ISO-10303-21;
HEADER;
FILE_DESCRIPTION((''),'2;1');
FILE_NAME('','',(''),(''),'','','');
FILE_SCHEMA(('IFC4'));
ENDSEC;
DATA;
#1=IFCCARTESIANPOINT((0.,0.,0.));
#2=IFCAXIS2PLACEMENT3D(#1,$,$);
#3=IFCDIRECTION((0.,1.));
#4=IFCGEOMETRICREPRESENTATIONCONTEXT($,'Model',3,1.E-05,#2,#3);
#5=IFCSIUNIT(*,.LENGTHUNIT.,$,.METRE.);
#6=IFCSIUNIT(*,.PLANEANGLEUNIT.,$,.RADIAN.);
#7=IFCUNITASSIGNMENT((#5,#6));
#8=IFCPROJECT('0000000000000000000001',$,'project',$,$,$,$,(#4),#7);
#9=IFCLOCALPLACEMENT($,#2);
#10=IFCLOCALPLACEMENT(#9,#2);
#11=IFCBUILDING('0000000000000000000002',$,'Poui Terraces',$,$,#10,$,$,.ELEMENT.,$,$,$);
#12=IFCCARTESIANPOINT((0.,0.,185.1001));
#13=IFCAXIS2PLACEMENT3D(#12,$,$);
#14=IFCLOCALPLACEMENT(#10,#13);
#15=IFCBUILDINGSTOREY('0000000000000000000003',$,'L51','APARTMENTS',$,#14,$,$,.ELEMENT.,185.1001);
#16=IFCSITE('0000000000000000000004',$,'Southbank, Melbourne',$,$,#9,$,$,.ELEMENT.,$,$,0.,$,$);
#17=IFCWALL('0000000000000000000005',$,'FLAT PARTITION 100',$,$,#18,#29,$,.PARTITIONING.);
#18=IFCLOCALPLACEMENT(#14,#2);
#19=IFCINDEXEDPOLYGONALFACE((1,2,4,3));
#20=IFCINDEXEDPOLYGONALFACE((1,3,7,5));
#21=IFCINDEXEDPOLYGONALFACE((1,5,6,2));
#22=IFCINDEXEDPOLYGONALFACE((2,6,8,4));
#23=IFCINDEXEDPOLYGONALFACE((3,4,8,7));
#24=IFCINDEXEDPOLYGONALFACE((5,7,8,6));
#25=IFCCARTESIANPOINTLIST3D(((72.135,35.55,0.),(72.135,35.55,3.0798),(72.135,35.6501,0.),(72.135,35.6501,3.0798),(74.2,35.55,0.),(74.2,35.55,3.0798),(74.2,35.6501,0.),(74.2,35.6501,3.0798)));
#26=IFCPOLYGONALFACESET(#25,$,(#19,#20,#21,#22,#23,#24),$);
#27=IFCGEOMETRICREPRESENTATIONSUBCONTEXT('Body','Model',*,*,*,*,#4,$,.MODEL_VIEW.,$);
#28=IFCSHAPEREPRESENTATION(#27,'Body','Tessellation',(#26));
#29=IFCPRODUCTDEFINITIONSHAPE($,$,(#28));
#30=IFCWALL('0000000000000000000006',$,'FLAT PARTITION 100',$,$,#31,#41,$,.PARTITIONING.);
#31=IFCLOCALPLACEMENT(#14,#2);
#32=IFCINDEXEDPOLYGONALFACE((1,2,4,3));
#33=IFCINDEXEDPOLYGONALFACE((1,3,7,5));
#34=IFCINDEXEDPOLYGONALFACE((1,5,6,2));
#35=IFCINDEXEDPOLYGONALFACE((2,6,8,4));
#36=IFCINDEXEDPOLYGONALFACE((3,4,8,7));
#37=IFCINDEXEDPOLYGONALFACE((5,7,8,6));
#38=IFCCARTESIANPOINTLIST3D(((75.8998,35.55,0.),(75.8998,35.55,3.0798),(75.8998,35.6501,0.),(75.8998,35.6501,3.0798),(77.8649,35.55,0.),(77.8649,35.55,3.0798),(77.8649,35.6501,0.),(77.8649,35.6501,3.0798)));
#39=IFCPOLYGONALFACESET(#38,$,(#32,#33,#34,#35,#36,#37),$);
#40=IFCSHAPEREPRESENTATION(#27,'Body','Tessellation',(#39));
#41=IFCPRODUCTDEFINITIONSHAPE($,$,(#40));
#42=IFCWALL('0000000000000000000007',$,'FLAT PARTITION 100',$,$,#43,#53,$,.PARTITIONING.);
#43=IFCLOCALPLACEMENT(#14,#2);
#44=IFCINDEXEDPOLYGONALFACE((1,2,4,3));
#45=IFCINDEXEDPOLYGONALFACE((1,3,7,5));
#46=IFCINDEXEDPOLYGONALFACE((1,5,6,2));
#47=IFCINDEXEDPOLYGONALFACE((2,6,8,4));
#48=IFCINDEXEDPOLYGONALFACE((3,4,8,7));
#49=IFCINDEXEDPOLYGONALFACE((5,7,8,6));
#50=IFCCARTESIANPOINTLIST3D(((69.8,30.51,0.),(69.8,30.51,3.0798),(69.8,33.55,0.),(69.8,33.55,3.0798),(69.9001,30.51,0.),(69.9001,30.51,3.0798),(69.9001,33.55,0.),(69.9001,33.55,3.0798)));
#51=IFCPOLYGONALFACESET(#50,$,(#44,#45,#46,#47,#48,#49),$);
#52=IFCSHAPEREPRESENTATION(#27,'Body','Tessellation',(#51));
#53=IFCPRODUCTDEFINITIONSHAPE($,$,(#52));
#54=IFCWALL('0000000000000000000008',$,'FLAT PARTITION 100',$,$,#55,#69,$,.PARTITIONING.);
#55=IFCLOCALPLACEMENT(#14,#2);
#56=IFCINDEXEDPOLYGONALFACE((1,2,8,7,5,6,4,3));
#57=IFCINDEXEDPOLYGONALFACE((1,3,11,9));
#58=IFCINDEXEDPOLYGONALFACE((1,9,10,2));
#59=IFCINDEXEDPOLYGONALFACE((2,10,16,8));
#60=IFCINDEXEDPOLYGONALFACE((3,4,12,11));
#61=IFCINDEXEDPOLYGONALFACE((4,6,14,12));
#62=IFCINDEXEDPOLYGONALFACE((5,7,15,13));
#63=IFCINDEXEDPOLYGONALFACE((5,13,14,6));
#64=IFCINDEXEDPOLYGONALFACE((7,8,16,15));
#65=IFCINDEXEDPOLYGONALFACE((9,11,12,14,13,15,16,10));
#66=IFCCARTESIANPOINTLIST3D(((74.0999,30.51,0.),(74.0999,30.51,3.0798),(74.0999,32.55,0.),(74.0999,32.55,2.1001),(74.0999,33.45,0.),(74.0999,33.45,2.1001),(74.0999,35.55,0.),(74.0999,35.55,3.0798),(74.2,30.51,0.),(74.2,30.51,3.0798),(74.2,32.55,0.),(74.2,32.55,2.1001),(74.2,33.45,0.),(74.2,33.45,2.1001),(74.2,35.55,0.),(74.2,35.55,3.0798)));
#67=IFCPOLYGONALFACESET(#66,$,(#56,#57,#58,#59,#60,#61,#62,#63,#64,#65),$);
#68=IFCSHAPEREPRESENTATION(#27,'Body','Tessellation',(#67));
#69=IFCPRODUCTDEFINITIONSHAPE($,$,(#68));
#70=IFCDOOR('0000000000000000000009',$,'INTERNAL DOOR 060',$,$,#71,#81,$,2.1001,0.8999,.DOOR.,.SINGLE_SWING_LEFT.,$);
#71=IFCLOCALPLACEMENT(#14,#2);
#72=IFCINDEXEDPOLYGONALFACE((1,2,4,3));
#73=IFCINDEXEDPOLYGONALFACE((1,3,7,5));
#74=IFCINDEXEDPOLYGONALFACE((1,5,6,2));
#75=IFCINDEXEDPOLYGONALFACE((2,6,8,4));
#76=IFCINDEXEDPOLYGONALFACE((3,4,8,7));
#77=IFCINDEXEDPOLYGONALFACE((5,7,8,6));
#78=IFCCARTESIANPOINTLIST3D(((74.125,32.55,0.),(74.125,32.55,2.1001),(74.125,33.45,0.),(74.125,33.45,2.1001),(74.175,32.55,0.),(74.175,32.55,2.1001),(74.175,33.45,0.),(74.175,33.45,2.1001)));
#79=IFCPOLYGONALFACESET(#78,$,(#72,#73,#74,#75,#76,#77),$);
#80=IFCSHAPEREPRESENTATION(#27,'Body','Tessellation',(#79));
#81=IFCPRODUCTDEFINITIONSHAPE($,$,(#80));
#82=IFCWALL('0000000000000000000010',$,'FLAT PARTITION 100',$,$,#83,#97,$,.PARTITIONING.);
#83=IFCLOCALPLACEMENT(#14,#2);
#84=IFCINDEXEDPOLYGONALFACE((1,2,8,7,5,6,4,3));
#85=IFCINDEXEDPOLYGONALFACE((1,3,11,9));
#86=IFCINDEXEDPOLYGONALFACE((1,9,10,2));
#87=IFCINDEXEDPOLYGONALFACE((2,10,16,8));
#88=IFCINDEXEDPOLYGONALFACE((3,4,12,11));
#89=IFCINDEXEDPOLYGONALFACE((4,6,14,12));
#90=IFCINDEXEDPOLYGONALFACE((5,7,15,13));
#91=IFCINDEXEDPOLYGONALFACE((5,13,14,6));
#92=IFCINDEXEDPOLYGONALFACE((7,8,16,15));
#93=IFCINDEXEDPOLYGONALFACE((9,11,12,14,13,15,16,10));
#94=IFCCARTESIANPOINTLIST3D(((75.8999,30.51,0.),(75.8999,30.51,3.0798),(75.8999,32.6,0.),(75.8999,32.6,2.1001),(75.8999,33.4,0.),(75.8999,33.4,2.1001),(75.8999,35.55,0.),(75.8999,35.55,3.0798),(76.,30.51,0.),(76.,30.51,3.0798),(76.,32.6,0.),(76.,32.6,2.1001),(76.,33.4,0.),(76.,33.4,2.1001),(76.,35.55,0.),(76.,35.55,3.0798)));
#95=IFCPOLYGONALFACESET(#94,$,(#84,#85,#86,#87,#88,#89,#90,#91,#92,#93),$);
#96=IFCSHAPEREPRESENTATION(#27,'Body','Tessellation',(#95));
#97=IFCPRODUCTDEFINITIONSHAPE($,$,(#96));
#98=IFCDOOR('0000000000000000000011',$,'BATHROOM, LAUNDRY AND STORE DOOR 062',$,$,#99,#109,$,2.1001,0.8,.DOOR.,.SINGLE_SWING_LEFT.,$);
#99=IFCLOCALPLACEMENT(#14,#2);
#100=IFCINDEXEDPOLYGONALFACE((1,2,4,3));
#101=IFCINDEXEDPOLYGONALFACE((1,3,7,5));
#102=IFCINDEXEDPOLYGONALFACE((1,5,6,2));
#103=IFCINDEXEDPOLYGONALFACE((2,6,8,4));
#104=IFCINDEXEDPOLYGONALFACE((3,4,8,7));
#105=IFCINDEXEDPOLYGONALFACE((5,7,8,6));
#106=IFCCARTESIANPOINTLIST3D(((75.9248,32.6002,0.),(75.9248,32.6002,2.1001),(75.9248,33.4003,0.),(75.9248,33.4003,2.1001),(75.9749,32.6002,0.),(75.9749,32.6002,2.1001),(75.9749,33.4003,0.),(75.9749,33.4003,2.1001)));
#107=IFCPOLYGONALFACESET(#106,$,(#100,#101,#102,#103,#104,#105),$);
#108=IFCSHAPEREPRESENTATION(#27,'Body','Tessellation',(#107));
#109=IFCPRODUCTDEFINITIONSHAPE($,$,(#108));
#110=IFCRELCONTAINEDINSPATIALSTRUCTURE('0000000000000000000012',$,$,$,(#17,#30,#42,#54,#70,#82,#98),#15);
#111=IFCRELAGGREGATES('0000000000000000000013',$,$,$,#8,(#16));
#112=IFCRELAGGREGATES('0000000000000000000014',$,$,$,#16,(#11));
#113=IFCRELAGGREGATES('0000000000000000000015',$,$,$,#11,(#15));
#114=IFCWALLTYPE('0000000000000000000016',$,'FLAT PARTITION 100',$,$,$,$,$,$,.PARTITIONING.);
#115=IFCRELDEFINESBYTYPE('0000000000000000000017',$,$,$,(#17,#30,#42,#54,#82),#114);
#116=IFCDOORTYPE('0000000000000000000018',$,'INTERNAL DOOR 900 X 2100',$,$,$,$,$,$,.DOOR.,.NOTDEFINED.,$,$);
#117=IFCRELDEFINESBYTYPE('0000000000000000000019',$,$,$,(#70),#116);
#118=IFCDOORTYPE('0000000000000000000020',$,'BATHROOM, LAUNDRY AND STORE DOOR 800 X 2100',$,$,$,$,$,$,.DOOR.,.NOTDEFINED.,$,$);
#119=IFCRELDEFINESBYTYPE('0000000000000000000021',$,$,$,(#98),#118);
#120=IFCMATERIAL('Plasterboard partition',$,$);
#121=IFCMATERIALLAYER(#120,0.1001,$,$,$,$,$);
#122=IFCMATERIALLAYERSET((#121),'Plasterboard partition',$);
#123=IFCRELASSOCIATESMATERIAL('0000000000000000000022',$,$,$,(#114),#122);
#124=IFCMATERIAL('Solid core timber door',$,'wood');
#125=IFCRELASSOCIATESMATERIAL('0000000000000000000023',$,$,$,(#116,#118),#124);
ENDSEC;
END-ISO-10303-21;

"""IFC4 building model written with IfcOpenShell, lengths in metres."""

from ifc_helpers import new_model, si_unit, direction, frame, frame_2d, origin, place, context, subcontext, project, spatial, rectangle, extrude, material, layer, layer_set, type_object, element, fill, save


model = new_model("IFC4")

# Units and contexts
model_context = context("Model", 3, precision=1e-05, world=origin(), true_north=direction((0.0, 1.0)))
body_context = subcontext(model_context, "Body", "Model", "MODEL_VIEW")
ifc_project = project(units=[si_unit("LENGTHUNIT", "METRE"), si_unit("PLANEANGLEUNIT", "RADIAN")], contexts=[model_context])

# Site, building, storey
site_placement = place(None, origin())
site = spatial("IfcSite", under=ifc_project, at=site_placement, Name="Southbank, Melbourne", CompositionType="ELEMENT", RefElevation=0.0)
building_placement = place(site_placement, origin())
building = spatial("IfcBuilding", under=site, at=building_placement, Name="Poui Terraces", CompositionType="ELEMENT")
storey_placement = place(building_placement, frame((0.0, 0.0, 185.1001)))
storey = spatial("IfcBuildingStorey", under=building, at=storey_placement, Name="L51", Description="APARTMENTS", CompositionType="ELEMENT", Elevation=185.1001)

# Walls
ifc_material_1 = material(Name="Plasterboard partition")
ifc_layer = layer(ifc_material_1, 0.1001)
ifc_layer_set = layer_set([ifc_layer], Name="Plasterboard partition")
wall_type = type_object("IfcWallType", Name="FLAT PARTITION 100", PredefinedType="PARTITIONING", material=ifc_layer_set)
wall_1_placement = place(storey_placement, frame((72.135, 35.6001, 0.0), z_axis=(0.0, 0.0, 1.0), x_axis=(1.0, 0.0, 0.0)))
element("IfcWall", 1, at=wall_1_placement, inside=storey, type_object=wall_type, Name="FLAT PARTITION 100", PredefinedType="PARTITIONING", context=body_context, shape_type="SweptSolid", body=[
    extrude(rectangle(XDim=2.0649, YDim=0.1001, at=frame_2d((1.0325, 0.0))), origin(), (0.0, 0.0, 1.0), 3.0798),
])
wall_2_placement = place(storey_placement, frame((75.8999, 35.6001, 0.0), z_axis=(0.0, 0.0, 1.0), x_axis=(1.0, 0.0, 0.0)))
element("IfcWall", 2, at=wall_2_placement, inside=storey, type_object=wall_type, Name="FLAT PARTITION 100", PredefinedType="PARTITIONING", context=body_context, shape_type="SweptSolid", body=[
    extrude(rectangle(XDim=1.9651, YDim=0.1001, at=frame_2d((0.9824, 0.0))), origin(), (0.0, 0.0, 1.0), 3.0798),
])
wall_3_placement = place(storey_placement, frame((69.8501, 30.51, 0.0), z_axis=(0.0, 0.0, 1.0), x_axis=(0.0, 1.0, 0.0)))
element("IfcWall", 3, at=wall_3_placement, inside=storey, type_object=wall_type, Name="FLAT PARTITION 100", PredefinedType="PARTITIONING", context=body_context, shape_type="SweptSolid", body=[
    extrude(rectangle(XDim=3.04, YDim=0.1001, at=frame_2d((1.52, 0.0))), origin(), (0.0, 0.0, 1.0), 3.0798),
])

# Walls, openings, doors
wall_4_placement = place(storey_placement, frame((74.1499, 30.51, 0.0), z_axis=(0.0, 0.0, 1.0), x_axis=(0.0, 1.0, 0.0)))
wall_4 = element("IfcWall", 4, at=wall_4_placement, inside=storey, type_object=wall_type, Name="FLAT PARTITION 100", PredefinedType="PARTITIONING", context=body_context, shape_type="SweptSolid", body=[
    extrude(rectangle(XDim=5.04, YDim=0.1001, at=frame_2d((2.52, 0.0))), origin(), (0.0, 0.0, 1.0), 3.0798),
])
opening_1_placement = place(wall_4_placement, frame((2.04, 0.0, 0.0)))
opening_1 = element("IfcOpeningElement", 5, at=opening_1_placement, cuts=wall_4, PredefinedType="OPENING", context=body_context, shape_type="SweptSolid", body=[
    extrude(rectangle(XDim=0.8999, YDim=2.1001, at=frame_2d((0.45, 1.05))), frame((0.0, 0.0601, 0.0), z_axis=(0.0, -1.0, 0.0), x_axis=(1.0, 0.0, 0.0)), (0.0, 0.0, 1.0), 0.1201),
])
ifc_material_2 = material(Name="Solid core timber door", Category="wood")
door_type_1 = type_object("IfcDoorType", Name="INTERNAL DOOR 900 X 2100", OperationType="NOTDEFINED", PredefinedType="DOOR", material=ifc_material_2)
door_1_placement = place(opening_1_placement, origin())
door_1 = element("IfcDoor", 6, at=door_1_placement, inside=storey, type_object=door_type_1, Name="INTERNAL DOOR 060", OperationType="SINGLE_SWING_LEFT", OverallHeight=2.1001, OverallWidth=0.8999, PredefinedType="DOOR", context=body_context, shape_type="SweptSolid", body=[
    extrude(rectangle(XDim=0.8999, YDim=2.1001, at=frame_2d((0.45, 1.05))), frame((0.0, 0.0249, 0.0), z_axis=(0.0, -1.0, 0.0), x_axis=(1.0, 0.0, 0.0)), (0.0, 0.0, 1.0), 0.05),
])
fill(opening_1, door_1)
wall_5_placement = place(storey_placement, frame((75.95, 30.51, 0.0), z_axis=(0.0, 0.0, 1.0), x_axis=(0.0, 1.0, 0.0)))
wall_5 = element("IfcWall", 7, at=wall_5_placement, inside=storey, type_object=wall_type, Name="FLAT PARTITION 100", PredefinedType="PARTITIONING", context=body_context, shape_type="SweptSolid", body=[
    extrude(rectangle(XDim=5.04, YDim=0.1001, at=frame_2d((2.52, 0.0))), origin(), (0.0, 0.0, 1.0), 3.0798),
])
opening_2_placement = place(wall_5_placement, frame((2.0901, 0.0, 0.0)))
opening_2 = element("IfcOpeningElement", 8, at=opening_2_placement, cuts=wall_5, PredefinedType="OPENING", context=body_context, shape_type="SweptSolid", body=[
    extrude(rectangle(XDim=0.8, YDim=2.1001, at=frame_2d((0.3999, 1.05))), frame((0.0, 0.0601, 0.0), z_axis=(0.0, -1.0, 0.0), x_axis=(1.0, 0.0, 0.0)), (0.0, 0.0, 1.0), 0.1201),
])
door_type_2 = type_object("IfcDoorType", Name="BATHROOM, LAUNDRY AND STORE DOOR 800 X 2100", OperationType="NOTDEFINED", PredefinedType="DOOR", material=ifc_material_2)
door_2_placement = place(opening_2_placement, frame((0.8, 0.0, 0.0), z_axis=(0.0, 0.0, 1.0), x_axis=(-1.0, 0.0, 0.0)))
door_2 = element("IfcDoor", 9, at=door_2_placement, inside=storey, type_object=door_type_2, Name="BATHROOM, LAUNDRY AND STORE DOOR 062", OperationType="SINGLE_SWING_LEFT", OverallHeight=2.1001, OverallWidth=0.8, PredefinedType="DOOR", context=body_context, shape_type="SweptSolid", body=[
    extrude(rectangle(XDim=0.8, YDim=2.1001, at=frame_2d((0.3999, 1.05))), frame((0.0, 0.0249, 0.0), z_axis=(0.0, -1.0, 0.0), x_axis=(1.0, 0.0, 0.0)), (0.0, 0.0, 1.0), 0.05),
])
fill(opening_2, door_2)

save(model, "model.ifc")
